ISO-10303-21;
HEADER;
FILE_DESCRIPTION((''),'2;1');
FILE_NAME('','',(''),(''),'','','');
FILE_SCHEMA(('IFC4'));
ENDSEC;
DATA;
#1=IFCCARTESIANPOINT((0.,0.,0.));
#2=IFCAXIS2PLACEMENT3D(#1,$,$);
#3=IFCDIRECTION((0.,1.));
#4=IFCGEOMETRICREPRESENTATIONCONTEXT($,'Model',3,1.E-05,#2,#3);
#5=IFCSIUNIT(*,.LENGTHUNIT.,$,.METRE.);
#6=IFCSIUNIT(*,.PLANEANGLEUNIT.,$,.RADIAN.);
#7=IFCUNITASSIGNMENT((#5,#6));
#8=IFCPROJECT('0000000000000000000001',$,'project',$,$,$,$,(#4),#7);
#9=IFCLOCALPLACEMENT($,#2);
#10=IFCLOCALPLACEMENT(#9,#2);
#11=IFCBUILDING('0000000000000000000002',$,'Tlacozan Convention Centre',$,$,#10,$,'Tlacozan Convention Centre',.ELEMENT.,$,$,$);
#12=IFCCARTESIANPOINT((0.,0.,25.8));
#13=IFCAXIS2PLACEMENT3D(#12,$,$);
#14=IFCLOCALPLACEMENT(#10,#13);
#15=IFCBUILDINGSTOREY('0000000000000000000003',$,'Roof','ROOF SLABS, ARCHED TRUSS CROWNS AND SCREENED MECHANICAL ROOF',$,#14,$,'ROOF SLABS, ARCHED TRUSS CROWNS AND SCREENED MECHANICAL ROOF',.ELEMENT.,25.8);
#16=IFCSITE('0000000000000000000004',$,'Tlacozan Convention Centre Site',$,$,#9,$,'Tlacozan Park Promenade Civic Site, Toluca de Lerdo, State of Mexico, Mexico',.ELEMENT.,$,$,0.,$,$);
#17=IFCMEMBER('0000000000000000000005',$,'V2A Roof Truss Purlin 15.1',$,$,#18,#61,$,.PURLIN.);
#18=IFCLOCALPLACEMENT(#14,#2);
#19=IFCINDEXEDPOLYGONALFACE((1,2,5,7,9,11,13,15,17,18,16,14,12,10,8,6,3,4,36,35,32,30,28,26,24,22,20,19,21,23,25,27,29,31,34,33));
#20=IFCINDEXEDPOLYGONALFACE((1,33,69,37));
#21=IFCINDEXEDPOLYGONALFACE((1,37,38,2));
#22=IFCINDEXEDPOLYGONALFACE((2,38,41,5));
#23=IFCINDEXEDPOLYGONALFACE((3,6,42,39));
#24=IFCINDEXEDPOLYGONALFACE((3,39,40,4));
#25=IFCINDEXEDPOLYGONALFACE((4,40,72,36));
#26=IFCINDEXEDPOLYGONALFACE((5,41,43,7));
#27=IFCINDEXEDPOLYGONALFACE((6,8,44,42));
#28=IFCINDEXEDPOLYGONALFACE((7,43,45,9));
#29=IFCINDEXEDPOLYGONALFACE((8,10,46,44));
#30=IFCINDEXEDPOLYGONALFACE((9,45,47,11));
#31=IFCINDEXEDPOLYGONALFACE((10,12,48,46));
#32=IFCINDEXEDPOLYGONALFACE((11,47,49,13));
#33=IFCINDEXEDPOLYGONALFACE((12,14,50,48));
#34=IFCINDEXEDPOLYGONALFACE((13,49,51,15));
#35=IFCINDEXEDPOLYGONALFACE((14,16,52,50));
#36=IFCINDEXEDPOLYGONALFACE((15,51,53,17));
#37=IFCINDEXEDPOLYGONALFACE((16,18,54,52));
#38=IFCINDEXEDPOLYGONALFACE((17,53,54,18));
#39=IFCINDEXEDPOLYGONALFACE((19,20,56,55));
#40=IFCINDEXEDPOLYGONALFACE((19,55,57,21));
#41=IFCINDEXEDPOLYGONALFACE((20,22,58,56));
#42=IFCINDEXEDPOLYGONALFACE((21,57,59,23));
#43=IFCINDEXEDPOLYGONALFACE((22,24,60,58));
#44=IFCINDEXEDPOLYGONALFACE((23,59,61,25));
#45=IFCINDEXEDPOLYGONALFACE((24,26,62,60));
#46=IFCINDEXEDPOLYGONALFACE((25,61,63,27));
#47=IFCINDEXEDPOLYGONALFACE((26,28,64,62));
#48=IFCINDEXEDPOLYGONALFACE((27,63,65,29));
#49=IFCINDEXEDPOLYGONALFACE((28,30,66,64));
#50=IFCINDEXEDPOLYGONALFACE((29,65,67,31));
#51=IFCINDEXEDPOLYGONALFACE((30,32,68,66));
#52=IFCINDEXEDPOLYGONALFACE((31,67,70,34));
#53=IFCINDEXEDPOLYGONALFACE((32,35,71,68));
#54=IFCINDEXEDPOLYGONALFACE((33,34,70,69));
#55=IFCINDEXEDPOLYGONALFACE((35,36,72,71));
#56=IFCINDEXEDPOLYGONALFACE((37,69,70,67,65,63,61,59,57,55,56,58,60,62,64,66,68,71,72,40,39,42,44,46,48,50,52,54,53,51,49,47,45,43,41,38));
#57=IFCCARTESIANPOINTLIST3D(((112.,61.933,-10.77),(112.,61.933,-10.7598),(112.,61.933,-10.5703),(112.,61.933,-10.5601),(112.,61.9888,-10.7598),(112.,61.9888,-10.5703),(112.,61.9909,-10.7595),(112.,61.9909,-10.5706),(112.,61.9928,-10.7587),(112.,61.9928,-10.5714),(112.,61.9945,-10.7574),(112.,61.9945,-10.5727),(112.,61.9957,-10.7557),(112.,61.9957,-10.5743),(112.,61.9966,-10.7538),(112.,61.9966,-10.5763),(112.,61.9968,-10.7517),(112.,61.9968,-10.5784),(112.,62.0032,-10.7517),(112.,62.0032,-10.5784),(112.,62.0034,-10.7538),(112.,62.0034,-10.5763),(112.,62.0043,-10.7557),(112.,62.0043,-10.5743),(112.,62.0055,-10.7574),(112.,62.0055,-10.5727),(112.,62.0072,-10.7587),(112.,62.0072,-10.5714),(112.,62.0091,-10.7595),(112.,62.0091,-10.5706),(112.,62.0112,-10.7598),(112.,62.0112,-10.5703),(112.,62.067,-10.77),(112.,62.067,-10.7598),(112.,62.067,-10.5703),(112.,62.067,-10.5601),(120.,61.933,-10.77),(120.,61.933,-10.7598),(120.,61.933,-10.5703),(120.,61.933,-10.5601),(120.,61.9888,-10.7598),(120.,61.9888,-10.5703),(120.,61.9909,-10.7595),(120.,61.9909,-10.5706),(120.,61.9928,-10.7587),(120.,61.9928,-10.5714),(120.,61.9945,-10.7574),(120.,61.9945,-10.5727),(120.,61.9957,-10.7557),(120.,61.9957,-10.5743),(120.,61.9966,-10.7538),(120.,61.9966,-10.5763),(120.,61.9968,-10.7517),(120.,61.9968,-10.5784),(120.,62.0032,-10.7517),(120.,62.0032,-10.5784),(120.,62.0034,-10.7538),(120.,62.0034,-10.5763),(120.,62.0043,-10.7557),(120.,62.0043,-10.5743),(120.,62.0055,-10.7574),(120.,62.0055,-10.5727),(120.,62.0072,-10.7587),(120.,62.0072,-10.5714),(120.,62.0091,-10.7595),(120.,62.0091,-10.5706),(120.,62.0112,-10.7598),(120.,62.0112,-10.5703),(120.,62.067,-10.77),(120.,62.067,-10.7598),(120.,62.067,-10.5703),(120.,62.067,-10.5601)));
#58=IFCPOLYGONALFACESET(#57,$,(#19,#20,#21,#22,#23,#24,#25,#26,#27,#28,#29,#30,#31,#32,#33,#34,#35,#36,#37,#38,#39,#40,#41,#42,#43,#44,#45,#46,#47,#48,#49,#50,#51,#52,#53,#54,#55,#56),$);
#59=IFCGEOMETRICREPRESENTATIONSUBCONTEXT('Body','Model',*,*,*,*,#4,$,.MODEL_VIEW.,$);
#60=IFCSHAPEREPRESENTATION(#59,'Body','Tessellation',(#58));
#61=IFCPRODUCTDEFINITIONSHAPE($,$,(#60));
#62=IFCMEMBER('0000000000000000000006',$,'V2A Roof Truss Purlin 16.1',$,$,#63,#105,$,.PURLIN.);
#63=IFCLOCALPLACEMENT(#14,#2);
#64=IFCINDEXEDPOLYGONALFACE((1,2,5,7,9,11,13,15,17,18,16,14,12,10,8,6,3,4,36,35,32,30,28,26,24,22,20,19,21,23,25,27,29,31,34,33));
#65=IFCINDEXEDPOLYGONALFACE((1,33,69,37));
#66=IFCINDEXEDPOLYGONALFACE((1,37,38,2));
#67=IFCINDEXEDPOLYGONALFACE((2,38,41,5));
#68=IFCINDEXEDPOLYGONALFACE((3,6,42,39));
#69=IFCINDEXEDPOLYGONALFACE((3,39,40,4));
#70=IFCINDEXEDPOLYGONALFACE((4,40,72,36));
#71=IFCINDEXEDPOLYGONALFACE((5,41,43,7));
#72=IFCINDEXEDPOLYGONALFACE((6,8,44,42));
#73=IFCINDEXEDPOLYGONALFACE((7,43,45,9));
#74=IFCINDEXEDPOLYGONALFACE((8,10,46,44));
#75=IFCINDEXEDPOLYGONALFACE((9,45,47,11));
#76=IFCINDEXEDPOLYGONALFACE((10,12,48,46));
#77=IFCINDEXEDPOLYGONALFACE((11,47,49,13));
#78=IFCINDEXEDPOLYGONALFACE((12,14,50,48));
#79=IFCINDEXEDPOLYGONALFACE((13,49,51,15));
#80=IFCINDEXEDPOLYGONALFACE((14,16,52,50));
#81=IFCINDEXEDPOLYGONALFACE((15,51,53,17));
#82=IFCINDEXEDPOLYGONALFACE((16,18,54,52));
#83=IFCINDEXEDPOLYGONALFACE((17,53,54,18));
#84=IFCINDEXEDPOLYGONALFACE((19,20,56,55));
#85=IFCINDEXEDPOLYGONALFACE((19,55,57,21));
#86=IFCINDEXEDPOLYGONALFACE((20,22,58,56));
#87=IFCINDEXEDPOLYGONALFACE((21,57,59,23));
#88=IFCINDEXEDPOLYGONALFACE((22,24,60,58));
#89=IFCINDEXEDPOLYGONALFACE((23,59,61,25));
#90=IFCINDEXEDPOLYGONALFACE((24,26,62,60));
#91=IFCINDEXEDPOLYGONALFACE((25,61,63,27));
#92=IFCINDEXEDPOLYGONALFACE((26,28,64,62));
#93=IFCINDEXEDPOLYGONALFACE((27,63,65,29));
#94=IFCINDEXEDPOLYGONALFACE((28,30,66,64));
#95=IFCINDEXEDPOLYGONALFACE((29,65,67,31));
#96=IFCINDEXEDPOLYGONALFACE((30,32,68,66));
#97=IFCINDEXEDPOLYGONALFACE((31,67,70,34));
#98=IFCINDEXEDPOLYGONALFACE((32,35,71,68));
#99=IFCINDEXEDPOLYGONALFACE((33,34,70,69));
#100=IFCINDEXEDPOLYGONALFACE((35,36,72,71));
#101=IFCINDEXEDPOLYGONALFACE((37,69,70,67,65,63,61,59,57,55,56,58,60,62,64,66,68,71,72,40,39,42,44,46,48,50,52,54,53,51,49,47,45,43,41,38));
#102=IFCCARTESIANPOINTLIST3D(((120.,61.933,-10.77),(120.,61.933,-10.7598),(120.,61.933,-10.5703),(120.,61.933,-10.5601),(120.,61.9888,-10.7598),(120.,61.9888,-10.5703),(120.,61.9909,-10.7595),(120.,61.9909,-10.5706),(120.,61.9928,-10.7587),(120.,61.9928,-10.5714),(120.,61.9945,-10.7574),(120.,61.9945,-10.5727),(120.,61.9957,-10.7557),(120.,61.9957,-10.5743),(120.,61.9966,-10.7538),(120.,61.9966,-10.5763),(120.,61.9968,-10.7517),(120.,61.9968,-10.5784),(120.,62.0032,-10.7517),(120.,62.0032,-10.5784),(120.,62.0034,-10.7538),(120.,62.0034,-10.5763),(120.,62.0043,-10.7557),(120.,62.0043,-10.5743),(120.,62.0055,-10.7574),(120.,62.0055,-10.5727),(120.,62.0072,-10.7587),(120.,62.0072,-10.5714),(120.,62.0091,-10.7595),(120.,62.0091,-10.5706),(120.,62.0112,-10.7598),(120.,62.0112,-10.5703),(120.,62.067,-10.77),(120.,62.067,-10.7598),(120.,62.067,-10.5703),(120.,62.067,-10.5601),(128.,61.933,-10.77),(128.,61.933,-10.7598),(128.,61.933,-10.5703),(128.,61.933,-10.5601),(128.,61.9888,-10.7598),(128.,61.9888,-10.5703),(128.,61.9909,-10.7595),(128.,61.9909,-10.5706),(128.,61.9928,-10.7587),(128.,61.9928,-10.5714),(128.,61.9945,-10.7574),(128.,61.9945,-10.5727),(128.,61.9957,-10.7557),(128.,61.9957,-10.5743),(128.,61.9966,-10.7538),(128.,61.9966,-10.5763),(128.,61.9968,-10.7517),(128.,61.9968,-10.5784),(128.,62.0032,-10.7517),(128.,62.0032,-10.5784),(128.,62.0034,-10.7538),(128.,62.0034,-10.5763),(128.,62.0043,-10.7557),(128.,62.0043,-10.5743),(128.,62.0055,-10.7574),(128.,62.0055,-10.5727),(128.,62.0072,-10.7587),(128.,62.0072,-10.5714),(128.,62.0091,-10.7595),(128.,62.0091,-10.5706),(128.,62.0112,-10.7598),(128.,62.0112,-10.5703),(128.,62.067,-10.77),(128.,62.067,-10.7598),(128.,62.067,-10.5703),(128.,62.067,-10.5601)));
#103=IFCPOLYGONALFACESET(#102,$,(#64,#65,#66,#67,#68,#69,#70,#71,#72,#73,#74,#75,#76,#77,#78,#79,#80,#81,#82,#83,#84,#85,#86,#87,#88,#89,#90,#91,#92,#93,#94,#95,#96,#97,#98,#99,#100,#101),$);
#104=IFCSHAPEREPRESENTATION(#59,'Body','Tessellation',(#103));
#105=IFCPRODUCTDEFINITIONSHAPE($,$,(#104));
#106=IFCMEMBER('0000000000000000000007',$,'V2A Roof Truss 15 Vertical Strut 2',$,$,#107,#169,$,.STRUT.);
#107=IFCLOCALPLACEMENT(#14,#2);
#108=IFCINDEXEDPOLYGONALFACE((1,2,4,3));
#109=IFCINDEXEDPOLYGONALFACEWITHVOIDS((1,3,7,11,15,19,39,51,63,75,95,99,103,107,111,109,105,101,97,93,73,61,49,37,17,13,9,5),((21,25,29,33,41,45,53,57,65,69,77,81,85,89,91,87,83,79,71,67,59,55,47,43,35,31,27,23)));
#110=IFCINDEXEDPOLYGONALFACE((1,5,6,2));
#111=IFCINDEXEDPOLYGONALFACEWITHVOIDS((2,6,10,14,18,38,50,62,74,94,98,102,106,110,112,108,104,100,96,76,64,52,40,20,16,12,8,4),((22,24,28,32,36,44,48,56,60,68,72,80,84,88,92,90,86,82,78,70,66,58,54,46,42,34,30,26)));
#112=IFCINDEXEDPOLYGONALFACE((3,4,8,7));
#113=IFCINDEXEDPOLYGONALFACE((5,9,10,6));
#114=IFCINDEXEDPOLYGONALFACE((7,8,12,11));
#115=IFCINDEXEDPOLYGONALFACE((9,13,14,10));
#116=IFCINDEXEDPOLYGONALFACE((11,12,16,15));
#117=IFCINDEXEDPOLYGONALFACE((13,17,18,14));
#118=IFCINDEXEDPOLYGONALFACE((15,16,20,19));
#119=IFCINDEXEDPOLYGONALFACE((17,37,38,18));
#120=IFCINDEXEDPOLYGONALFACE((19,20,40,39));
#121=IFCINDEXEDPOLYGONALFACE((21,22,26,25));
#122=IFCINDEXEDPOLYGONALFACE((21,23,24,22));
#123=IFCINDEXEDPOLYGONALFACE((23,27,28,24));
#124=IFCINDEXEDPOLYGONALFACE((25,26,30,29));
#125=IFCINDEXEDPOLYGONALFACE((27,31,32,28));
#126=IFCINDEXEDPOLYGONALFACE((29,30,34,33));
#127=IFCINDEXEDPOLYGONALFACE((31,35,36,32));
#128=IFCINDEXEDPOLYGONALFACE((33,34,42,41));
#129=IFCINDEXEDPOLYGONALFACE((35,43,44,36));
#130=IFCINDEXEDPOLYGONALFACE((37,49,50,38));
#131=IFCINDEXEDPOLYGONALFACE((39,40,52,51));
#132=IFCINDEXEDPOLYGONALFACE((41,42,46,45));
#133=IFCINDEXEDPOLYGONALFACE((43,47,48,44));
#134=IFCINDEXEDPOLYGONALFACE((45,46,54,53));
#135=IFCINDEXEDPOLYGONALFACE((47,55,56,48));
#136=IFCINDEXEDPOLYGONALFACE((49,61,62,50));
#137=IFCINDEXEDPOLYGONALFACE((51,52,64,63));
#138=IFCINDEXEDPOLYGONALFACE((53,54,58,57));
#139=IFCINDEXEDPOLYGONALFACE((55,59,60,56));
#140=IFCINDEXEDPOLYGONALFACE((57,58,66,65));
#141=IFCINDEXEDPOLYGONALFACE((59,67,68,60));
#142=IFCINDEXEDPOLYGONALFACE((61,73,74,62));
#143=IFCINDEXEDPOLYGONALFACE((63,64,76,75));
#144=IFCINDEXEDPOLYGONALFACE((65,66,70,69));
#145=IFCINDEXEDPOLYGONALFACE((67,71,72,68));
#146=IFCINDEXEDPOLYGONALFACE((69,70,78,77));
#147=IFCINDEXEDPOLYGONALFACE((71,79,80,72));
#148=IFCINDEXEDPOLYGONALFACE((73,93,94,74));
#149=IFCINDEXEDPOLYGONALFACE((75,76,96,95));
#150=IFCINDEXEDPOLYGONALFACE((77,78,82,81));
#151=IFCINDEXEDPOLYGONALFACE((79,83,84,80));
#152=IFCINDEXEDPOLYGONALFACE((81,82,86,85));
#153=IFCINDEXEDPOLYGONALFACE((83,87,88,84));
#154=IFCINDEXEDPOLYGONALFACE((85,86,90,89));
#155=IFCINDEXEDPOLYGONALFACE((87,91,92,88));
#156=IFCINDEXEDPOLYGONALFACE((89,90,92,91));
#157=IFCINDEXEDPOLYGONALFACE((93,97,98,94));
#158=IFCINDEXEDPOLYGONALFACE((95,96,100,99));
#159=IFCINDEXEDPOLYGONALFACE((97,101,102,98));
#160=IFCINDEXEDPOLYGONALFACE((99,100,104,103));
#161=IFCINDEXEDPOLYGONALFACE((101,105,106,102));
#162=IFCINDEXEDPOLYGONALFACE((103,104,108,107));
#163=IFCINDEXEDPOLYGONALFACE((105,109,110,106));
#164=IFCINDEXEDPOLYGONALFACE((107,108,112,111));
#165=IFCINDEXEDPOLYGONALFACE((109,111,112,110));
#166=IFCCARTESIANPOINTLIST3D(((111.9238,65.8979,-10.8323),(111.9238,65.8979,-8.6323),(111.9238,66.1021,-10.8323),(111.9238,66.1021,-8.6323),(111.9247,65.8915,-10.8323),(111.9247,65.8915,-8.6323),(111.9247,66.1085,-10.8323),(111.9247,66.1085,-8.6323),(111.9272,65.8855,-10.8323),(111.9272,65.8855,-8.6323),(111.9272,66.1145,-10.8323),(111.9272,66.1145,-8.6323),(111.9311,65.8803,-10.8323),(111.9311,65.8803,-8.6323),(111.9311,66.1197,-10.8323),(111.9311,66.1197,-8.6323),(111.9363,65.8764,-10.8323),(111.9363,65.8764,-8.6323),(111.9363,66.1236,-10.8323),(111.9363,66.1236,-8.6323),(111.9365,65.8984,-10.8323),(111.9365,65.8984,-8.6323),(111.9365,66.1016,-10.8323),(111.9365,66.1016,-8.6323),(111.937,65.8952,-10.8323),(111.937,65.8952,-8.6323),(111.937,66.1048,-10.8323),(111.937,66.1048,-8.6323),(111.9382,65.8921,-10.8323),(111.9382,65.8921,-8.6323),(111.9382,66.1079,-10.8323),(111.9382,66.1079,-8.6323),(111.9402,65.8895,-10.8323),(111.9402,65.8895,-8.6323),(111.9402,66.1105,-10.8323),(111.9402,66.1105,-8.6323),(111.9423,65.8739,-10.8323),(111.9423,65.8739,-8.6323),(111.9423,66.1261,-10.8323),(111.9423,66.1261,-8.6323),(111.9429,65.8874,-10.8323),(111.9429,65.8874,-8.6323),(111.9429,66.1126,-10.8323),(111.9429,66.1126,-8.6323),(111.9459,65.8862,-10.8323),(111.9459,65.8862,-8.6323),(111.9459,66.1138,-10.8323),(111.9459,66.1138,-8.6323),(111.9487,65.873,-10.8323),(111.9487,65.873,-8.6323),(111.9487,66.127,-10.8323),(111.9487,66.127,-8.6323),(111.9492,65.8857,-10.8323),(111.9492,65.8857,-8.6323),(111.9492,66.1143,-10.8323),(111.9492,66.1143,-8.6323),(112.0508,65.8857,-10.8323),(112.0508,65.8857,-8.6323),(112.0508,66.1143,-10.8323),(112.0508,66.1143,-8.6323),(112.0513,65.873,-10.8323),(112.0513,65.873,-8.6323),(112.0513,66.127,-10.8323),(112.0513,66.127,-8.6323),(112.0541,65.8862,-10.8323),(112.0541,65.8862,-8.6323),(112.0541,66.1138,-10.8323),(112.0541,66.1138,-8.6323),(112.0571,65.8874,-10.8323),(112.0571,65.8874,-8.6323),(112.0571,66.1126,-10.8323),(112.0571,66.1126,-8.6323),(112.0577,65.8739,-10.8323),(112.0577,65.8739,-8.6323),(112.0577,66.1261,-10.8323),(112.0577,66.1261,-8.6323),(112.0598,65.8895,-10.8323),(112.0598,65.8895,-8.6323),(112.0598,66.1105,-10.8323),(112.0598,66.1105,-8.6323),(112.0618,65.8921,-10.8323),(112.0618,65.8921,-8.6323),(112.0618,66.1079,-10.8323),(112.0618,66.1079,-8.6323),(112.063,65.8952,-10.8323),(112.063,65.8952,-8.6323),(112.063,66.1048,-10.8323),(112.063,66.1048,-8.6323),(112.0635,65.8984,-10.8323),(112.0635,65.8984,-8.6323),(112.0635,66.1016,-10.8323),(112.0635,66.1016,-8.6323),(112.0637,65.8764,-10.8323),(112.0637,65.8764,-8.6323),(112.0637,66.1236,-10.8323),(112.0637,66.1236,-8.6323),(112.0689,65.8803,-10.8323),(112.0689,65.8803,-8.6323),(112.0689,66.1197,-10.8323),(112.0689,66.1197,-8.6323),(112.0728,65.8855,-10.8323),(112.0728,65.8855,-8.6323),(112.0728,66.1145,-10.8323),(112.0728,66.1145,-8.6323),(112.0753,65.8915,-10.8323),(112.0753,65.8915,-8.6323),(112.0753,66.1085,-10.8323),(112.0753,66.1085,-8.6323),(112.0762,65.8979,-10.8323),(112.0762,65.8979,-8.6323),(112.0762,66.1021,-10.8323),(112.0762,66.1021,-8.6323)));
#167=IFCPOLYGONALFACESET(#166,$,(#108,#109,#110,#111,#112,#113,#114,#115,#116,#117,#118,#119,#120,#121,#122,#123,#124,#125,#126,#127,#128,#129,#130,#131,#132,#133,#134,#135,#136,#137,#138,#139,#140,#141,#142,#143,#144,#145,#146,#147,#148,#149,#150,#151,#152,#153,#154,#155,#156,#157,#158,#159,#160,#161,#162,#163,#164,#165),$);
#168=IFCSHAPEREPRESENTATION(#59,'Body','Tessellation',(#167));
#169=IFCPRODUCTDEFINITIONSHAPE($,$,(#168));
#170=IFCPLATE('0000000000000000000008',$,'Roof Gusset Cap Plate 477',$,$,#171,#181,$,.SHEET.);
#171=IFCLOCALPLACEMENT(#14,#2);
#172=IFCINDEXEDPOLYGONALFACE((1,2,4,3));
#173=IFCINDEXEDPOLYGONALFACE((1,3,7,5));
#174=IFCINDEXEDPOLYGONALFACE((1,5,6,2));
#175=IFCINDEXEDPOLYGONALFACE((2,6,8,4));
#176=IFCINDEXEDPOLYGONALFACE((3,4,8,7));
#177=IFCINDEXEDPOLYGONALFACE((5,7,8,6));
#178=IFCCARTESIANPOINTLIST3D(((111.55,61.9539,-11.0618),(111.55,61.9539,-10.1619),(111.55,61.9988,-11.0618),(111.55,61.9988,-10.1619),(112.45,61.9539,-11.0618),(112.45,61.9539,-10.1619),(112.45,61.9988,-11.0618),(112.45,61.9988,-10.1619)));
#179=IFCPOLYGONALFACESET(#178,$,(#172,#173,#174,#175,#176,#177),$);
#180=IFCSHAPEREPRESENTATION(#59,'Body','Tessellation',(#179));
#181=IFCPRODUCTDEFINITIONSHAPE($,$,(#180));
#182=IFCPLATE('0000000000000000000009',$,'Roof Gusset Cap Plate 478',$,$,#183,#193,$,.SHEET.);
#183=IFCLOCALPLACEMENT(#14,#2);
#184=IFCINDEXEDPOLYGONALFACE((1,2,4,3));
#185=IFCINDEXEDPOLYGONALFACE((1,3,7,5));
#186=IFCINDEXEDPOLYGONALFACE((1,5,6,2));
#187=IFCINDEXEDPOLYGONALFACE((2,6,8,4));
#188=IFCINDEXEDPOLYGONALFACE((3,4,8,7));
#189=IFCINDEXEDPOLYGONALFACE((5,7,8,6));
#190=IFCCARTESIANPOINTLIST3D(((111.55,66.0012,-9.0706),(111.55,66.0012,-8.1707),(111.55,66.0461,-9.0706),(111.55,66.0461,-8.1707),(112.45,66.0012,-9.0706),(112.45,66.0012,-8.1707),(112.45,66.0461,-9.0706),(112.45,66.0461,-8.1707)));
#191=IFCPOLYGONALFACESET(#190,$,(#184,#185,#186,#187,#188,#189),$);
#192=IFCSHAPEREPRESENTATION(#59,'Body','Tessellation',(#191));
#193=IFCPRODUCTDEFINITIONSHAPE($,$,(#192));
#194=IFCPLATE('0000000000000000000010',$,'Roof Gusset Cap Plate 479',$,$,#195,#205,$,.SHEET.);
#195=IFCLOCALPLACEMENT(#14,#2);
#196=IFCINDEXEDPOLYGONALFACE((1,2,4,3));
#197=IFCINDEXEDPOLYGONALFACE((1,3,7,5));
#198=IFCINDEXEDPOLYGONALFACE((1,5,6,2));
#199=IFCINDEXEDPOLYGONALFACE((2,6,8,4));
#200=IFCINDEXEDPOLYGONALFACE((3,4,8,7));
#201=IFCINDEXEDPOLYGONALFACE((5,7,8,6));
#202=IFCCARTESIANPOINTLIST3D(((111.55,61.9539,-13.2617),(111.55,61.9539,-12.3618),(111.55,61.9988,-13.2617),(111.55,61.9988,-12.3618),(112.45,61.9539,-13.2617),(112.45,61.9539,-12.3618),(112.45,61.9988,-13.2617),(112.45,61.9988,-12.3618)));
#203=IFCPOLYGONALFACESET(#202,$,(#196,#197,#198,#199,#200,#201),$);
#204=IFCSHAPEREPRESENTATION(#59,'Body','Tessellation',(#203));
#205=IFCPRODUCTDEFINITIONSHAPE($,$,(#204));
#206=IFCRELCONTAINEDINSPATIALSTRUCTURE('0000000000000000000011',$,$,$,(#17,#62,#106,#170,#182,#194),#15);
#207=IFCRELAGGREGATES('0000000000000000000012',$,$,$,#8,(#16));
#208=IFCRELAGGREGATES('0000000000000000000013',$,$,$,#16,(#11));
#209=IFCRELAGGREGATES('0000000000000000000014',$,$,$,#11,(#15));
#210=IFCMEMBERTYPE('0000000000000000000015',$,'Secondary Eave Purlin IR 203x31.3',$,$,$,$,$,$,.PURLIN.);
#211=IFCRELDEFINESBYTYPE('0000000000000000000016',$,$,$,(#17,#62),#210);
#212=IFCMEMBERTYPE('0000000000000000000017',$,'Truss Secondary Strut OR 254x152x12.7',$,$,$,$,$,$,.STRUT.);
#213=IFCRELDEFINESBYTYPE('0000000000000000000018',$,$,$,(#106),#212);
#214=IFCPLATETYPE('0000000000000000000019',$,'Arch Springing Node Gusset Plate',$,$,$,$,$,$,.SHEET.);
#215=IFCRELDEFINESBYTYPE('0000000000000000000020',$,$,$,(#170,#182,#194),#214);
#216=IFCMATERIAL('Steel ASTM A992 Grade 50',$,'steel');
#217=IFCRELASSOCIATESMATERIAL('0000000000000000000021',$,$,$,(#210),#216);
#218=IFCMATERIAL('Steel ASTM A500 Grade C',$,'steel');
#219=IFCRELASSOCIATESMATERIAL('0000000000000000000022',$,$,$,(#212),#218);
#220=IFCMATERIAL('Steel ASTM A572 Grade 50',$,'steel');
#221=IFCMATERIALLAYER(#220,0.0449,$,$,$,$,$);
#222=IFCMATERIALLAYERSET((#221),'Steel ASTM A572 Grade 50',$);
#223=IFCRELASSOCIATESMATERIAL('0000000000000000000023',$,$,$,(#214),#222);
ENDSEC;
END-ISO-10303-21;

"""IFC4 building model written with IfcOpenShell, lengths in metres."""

from ifc_helpers import new_model, si_unit, direction, frame, origin, origin_2d, place, context, subcontext, project, spatial, rectangle, hollow_rectangle, i_section, extrude, material, layer, layer_set, material_profile, profile_set, type_object, element, save


model = new_model("IFC4")

# Units and contexts
model_context = context("Model", 3, precision=1e-05, world=origin(), true_north=direction((0.0, 1.0)))
body_context = subcontext(model_context, "Body", "Model", "MODEL_VIEW")
ifc_project = project(units=[si_unit("LENGTHUNIT", "METRE"), si_unit("PLANEANGLEUNIT", "RADIAN")], contexts=[model_context])

# Site, building, storey
site_placement = place(None, origin())
site = spatial("IfcSite", under=ifc_project, at=site_placement, Name="Tlacozan Convention Centre Site", LongName="Tlacozan Park Promenade Civic Site, Toluca de Lerdo, State of Mexico, Mexico", CompositionType="ELEMENT", RefElevation=0.0)
building_placement = place(site_placement, origin())
building = spatial("IfcBuilding", under=site, at=building_placement, Name="Tlacozan Convention Centre", LongName="Tlacozan Convention Centre", CompositionType="ELEMENT")
storey_placement = place(building_placement, frame((0.0, 0.0, 25.8)))
storey = spatial("IfcBuildingStorey", under=building, at=storey_placement, Name="Roof", Description="ROOF SLABS, ARCHED TRUSS CROWNS AND SCREENED MECHANICAL ROOF", LongName="ROOF SLABS, ARCHED TRUSS CROWNS AND SCREENED MECHANICAL ROOF", CompositionType="ELEMENT", Elevation=25.8)

# Members
ifc_material_1 = material(Name="Steel ASTM A500 Grade C", Category="steel")
ifc_material_2 = material(Name="Steel ASTM A992 Grade 50", Category="steel")
ifc_material_profile_1 = material_profile(ifc_material_2, i_section(OverallWidth=0.134, OverallDepth=0.21, WebThickness=0.0063, FlangeThickness=0.0103, FilletRadius=0.0081, at=origin_2d()), Name="IR 203x31.3")
ifc_profile_set_1 = profile_set([ifc_material_profile_1], Name="Steel ASTM A992 Grade 50")
member_type_1 = type_object("IfcMemberType", Name="Secondary Eave Purlin IR 203x31.3", PredefinedType="PURLIN", material=ifc_profile_set_1)
for number, where, z_axis, x_axis, name in (
    (1, (112.0, 62.0, -10.665), (1.0, 0.0, 0.0), (0.0, 1.0, 0.0), "V2A Roof Truss Purlin 15.1"),
    (2, (120.0, 62.0, -10.665), (1.0, 0.0, 0.0), (0.0, 1.0, 0.0), "V2A Roof Truss Purlin 16.1"),
):
    element("IfcMember", number, at=place(storey_placement, frame(where, z_axis=z_axis, x_axis=x_axis)), inside=storey, type_object=member_type_1, Name=name, PredefinedType="PURLIN", context=body_context, shape_type="SweptSolid", body=[
        extrude(i_section(OverallWidth=0.134, OverallDepth=0.21, WebThickness=0.0063, FlangeThickness=0.0103, FilletRadius=0.0081, at=origin_2d()), origin(), (0.0, 0.0, 1.0), 8.0),
    ])
ifc_material_profile_2 = material_profile(ifc_material_1, hollow_rectangle(XDim=0.1523, YDim=0.2539, WallThickness=0.0127, InnerFilletRadius=0.0127, OuterFilletRadius=0.0249, at=origin_2d()), Name="OR 254x152x12.7")
ifc_profile_set_2 = profile_set([ifc_material_profile_2], Name="Steel ASTM A500 Grade C")
member_type_2 = type_object("IfcMemberType", Name="Truss Secondary Strut OR 254x152x12.7", PredefinedType="STRUT", material=ifc_profile_set_2)
member_1_placement = place(storey_placement, frame((112.0, 66.0, -10.8323), z_axis=(0.0, 0.0, 1.0), x_axis=(1.0, 0.0, 0.0)))
element("IfcMember", 3, at=member_1_placement, inside=storey, type_object=member_type_2, Name="V2A Roof Truss 15 Vertical Strut 2", PredefinedType="STRUT", context=body_context, shape_type="SweptSolid", body=[
    extrude(hollow_rectangle(XDim=0.1523, YDim=0.2539, WallThickness=0.0127, InnerFilletRadius=0.0127, OuterFilletRadius=0.0249, at=origin_2d()), origin(), (0.0, 0.0, 1.0), 2.2),
])

# Plates
ifc_material_3 = material(Name="Steel ASTM A572 Grade 50", Category="steel")
ifc_layer = layer(ifc_material_3, 0.0449)
ifc_layer_set = layer_set([ifc_layer], Name="Steel ASTM A572 Grade 50")
plate_type = type_object("IfcPlateType", Name="Arch Springing Node Gusset Plate", PredefinedType="SHEET", material=ifc_layer_set)
for number, where, z_axis, x_axis, name in (
    (4, (112.0, 61.9763, -11.0618), (0.0, 0.0, 1.0), (0.0, 1.0, 0.0), "Roof Gusset Cap Plate 477"),
    (5, (112.0, 66.0237, -9.0706), (0.0, 0.0, 1.0), (0.0, 1.0, 0.0), "Roof Gusset Cap Plate 478"),
    (6, (112.0, 61.9763, -13.2617), (0.0, 0.0, 1.0), (0.0, 1.0, 0.0), "Roof Gusset Cap Plate 479"),
):
    element("IfcPlate", number, at=place(storey_placement, frame(where, z_axis=z_axis, x_axis=x_axis)), inside=storey, type_object=plate_type, Name=name, PredefinedType="SHEET", context=body_context, shape_type="SweptSolid", body=[
        extrude(rectangle(XDim=0.0449, YDim=0.8999, at=origin_2d()), origin(), (0.0, 0.0, 1.0), 0.8999),
    ])

save(model, "model.ifc")
